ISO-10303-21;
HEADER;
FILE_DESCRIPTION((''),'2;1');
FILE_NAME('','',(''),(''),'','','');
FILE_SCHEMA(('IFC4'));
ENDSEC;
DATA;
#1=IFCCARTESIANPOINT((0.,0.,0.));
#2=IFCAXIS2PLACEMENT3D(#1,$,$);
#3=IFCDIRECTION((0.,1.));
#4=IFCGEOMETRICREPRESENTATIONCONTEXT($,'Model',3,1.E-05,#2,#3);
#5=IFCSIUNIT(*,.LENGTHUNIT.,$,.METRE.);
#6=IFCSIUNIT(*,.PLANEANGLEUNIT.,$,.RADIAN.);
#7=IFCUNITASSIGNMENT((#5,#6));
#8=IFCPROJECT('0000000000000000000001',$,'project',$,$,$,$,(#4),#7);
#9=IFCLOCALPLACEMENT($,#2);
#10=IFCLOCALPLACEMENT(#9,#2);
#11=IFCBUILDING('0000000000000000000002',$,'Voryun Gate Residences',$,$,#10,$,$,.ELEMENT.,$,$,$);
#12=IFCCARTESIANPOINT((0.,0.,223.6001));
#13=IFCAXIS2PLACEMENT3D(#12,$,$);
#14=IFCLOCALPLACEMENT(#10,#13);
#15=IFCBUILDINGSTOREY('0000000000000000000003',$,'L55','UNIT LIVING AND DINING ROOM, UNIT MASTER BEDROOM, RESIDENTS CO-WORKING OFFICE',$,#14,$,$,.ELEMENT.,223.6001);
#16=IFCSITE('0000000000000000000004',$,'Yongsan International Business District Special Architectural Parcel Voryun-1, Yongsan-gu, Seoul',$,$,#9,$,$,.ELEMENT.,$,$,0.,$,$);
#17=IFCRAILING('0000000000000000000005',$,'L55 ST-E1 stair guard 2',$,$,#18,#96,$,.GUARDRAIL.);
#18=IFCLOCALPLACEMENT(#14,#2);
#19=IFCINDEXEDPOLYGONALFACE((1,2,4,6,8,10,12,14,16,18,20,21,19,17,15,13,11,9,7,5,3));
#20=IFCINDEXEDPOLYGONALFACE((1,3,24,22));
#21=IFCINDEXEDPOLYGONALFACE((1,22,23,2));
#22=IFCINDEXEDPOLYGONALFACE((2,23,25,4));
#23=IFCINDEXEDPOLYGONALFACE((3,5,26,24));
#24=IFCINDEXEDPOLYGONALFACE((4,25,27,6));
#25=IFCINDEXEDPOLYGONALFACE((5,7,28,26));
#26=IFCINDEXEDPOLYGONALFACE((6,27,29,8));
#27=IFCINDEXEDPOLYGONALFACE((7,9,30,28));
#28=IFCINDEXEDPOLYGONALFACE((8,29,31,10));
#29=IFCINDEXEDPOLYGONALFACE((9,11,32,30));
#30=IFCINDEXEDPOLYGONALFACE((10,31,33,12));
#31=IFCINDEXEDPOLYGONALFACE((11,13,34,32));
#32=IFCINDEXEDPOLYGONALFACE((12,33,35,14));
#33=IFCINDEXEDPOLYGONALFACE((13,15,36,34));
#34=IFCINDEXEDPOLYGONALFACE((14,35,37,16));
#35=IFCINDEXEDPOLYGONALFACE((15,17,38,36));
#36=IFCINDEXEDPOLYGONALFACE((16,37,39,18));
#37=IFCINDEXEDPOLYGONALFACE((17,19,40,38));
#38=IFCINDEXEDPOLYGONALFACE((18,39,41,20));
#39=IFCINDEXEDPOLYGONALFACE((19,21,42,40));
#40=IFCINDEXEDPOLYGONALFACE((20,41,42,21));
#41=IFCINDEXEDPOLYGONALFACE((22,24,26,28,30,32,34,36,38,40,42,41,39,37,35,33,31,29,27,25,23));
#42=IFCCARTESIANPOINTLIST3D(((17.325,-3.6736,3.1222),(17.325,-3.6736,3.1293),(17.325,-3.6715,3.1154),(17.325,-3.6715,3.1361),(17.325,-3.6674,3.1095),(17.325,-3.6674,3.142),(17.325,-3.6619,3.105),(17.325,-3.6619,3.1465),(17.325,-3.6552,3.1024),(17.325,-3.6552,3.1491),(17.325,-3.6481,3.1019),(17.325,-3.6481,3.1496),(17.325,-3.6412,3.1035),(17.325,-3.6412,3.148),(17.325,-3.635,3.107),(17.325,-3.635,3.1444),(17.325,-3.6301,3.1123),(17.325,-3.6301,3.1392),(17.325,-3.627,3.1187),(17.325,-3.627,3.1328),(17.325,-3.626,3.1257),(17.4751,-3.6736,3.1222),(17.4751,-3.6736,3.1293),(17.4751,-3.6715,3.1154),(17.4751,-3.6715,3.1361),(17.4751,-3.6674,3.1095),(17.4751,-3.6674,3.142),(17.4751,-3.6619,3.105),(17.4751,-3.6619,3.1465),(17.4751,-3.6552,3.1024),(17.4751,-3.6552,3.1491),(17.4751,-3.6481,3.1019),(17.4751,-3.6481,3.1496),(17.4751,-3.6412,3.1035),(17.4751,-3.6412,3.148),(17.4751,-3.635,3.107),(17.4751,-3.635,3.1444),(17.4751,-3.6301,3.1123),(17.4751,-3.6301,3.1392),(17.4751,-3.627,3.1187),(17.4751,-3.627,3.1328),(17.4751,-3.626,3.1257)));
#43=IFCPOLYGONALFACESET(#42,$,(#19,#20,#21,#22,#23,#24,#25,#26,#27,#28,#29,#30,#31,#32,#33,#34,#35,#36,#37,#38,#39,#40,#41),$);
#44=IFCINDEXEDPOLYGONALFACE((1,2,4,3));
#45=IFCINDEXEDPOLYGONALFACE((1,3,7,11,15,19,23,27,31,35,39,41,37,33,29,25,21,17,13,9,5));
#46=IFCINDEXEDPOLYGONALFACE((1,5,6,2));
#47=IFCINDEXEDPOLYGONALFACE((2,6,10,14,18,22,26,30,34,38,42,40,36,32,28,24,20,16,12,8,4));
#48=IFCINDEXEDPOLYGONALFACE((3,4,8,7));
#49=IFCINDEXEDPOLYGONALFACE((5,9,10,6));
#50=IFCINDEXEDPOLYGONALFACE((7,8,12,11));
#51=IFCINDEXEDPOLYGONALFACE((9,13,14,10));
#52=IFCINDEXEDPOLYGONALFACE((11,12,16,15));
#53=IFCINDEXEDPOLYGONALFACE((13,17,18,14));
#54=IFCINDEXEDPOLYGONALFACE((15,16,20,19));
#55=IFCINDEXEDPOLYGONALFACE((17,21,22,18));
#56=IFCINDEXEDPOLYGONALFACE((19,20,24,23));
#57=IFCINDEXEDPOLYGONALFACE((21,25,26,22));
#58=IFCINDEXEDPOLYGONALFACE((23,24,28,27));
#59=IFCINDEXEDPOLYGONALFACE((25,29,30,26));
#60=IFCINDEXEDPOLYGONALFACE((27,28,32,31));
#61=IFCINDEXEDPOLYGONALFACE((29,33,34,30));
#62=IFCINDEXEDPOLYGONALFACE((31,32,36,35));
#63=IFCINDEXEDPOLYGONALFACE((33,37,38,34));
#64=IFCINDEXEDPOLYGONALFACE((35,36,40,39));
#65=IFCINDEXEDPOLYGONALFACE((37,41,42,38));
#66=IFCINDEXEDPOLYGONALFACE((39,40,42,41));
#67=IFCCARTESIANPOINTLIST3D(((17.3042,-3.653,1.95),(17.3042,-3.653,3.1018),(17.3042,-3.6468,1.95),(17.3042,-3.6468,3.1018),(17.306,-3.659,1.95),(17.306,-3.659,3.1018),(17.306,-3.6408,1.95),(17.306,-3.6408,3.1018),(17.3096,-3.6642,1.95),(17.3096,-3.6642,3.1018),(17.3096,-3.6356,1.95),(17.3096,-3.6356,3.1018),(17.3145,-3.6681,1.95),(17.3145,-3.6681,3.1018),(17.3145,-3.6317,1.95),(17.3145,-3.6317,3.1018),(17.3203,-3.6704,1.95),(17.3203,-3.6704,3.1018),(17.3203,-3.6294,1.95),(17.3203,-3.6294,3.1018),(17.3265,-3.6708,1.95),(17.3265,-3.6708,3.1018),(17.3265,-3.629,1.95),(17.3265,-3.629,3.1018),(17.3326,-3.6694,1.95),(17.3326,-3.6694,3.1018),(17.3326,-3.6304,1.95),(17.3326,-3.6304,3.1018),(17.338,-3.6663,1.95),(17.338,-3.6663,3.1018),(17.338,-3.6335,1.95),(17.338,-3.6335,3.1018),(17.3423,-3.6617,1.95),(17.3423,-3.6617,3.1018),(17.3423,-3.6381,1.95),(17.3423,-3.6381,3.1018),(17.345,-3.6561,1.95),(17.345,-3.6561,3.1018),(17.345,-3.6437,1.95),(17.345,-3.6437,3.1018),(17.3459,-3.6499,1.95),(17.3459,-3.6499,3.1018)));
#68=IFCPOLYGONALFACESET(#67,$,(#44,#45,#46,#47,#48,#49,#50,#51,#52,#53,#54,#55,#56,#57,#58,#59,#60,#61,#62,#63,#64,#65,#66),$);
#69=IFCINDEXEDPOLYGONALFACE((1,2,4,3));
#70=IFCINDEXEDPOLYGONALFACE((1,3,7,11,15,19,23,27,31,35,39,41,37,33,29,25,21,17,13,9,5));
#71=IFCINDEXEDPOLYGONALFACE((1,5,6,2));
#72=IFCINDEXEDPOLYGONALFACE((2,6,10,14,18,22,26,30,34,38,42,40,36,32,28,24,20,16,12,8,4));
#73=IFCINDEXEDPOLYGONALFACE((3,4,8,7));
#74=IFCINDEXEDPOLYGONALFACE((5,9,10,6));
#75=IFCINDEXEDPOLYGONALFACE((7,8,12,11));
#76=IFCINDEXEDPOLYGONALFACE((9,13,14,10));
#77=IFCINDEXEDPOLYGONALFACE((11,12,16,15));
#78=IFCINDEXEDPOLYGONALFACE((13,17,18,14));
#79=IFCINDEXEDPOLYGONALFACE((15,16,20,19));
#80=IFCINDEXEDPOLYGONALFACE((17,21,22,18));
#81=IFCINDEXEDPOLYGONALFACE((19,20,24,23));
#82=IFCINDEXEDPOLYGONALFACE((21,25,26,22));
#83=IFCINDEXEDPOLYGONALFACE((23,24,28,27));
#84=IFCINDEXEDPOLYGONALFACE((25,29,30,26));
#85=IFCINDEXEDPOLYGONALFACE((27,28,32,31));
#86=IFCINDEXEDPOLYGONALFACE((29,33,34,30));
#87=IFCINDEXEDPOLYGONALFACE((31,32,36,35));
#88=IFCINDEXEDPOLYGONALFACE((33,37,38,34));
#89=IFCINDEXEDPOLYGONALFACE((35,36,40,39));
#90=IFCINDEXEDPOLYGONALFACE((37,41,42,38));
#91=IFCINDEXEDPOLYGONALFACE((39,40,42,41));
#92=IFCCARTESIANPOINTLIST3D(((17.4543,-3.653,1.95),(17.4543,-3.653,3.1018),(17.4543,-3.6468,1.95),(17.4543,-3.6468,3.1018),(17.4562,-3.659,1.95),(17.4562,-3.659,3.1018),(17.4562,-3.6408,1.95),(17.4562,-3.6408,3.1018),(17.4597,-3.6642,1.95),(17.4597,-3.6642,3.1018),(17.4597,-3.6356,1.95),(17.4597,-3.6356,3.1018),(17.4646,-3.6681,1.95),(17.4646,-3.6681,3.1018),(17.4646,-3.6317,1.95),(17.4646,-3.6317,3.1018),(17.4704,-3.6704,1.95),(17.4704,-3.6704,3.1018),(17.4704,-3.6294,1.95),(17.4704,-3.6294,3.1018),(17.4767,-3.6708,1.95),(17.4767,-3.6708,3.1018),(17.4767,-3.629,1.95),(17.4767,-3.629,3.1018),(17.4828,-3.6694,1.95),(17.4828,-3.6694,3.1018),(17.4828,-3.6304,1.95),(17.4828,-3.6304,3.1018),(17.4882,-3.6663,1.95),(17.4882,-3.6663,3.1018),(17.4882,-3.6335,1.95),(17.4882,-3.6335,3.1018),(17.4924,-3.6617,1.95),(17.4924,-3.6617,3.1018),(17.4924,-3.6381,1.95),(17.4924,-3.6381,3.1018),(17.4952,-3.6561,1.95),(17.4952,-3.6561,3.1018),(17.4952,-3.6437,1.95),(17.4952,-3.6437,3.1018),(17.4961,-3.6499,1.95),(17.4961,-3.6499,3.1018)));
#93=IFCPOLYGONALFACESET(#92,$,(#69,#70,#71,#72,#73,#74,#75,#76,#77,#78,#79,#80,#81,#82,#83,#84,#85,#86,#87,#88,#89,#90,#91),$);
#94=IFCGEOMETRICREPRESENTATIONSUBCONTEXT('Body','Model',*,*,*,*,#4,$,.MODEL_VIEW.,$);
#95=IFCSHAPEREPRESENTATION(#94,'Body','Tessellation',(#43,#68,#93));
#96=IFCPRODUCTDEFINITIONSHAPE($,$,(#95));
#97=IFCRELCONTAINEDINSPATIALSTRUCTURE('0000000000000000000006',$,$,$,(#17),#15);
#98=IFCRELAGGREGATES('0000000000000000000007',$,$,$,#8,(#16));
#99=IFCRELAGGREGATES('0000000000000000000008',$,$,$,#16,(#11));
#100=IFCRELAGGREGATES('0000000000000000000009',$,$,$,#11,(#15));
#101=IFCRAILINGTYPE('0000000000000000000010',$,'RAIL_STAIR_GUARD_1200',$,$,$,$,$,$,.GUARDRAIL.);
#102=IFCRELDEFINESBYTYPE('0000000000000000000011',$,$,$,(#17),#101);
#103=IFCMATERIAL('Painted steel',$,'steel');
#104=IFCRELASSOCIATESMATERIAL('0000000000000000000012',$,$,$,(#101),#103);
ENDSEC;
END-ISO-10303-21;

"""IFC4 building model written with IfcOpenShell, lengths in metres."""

from ifc_helpers import new_model, si_unit, direction, frame, origin, origin_2d, place, context, subcontext, project, spatial, circle, extrude, material, type_object, element, save


model = new_model("IFC4")

# Units and contexts
model_context = context("Model", 3, precision=1e-05, world=origin(), true_north=direction((0.0, 1.0)))
body_context = subcontext(model_context, "Body", "Model", "MODEL_VIEW")
ifc_project = project(units=[si_unit("LENGTHUNIT", "METRE"), si_unit("PLANEANGLEUNIT", "RADIAN")], contexts=[model_context])

# Site, building, storey
site_placement = place(None, origin())
site = spatial("IfcSite", under=ifc_project, at=site_placement, Name="Yongsan International Business District Special Architectural Parcel Voryun-1, Yongsan-gu, Seoul", CompositionType="ELEMENT", RefElevation=0.0)
building_placement = place(site_placement, origin())
building = spatial("IfcBuilding", under=site, at=building_placement, Name="Voryun Gate Residences", CompositionType="ELEMENT")
storey_placement = place(building_placement, frame((0.0, 0.0, 223.6001)))
storey = spatial("IfcBuildingStorey", under=building, at=storey_placement, Name="L55", Description="UNIT LIVING AND DINING ROOM, UNIT MASTER BEDROOM, RESIDENTS CO-WORKING OFFICE", CompositionType="ELEMENT", Elevation=223.6001)

# Railing
ifc_material_1 = material(Name="Painted steel", Category="steel")
railing_type_1 = type_object("IfcRailingType", Name="RAIL_STAIR_GUARD_1200", PredefinedType="GUARDRAIL", material=ifc_material_1)
railing_1_placement = place(storey_placement, frame((17.325, -3.6499, 1.95)))
element("IfcRailing", 1, at=railing_1_placement, inside=storey, type_object=railing_type_1, Name="L55 ST-E1 stair guard 2", PredefinedType="GUARDRAIL", context=body_context, shape_type="SweptSolid", body=[
    extrude(circle(Radius=0.0239, at=origin_2d()), frame((0.0, 0.0, 1.1758), z_axis=(1.0, 0.0, 0.0), x_axis=(0.0, 1.0, 0.0)), (0.0, 0.0, 1.0), 0.1501),
    extrude(circle(Radius=0.021, at=origin_2d()), origin(), (0.0, 0.0, 1.0), 1.1519),
    extrude(circle(Radius=0.021, at=origin_2d()), frame((0.1501, 0.0, 0.0)), (0.0, 0.0, 1.0), 1.1519),
])

save(model, "model.ifc")
